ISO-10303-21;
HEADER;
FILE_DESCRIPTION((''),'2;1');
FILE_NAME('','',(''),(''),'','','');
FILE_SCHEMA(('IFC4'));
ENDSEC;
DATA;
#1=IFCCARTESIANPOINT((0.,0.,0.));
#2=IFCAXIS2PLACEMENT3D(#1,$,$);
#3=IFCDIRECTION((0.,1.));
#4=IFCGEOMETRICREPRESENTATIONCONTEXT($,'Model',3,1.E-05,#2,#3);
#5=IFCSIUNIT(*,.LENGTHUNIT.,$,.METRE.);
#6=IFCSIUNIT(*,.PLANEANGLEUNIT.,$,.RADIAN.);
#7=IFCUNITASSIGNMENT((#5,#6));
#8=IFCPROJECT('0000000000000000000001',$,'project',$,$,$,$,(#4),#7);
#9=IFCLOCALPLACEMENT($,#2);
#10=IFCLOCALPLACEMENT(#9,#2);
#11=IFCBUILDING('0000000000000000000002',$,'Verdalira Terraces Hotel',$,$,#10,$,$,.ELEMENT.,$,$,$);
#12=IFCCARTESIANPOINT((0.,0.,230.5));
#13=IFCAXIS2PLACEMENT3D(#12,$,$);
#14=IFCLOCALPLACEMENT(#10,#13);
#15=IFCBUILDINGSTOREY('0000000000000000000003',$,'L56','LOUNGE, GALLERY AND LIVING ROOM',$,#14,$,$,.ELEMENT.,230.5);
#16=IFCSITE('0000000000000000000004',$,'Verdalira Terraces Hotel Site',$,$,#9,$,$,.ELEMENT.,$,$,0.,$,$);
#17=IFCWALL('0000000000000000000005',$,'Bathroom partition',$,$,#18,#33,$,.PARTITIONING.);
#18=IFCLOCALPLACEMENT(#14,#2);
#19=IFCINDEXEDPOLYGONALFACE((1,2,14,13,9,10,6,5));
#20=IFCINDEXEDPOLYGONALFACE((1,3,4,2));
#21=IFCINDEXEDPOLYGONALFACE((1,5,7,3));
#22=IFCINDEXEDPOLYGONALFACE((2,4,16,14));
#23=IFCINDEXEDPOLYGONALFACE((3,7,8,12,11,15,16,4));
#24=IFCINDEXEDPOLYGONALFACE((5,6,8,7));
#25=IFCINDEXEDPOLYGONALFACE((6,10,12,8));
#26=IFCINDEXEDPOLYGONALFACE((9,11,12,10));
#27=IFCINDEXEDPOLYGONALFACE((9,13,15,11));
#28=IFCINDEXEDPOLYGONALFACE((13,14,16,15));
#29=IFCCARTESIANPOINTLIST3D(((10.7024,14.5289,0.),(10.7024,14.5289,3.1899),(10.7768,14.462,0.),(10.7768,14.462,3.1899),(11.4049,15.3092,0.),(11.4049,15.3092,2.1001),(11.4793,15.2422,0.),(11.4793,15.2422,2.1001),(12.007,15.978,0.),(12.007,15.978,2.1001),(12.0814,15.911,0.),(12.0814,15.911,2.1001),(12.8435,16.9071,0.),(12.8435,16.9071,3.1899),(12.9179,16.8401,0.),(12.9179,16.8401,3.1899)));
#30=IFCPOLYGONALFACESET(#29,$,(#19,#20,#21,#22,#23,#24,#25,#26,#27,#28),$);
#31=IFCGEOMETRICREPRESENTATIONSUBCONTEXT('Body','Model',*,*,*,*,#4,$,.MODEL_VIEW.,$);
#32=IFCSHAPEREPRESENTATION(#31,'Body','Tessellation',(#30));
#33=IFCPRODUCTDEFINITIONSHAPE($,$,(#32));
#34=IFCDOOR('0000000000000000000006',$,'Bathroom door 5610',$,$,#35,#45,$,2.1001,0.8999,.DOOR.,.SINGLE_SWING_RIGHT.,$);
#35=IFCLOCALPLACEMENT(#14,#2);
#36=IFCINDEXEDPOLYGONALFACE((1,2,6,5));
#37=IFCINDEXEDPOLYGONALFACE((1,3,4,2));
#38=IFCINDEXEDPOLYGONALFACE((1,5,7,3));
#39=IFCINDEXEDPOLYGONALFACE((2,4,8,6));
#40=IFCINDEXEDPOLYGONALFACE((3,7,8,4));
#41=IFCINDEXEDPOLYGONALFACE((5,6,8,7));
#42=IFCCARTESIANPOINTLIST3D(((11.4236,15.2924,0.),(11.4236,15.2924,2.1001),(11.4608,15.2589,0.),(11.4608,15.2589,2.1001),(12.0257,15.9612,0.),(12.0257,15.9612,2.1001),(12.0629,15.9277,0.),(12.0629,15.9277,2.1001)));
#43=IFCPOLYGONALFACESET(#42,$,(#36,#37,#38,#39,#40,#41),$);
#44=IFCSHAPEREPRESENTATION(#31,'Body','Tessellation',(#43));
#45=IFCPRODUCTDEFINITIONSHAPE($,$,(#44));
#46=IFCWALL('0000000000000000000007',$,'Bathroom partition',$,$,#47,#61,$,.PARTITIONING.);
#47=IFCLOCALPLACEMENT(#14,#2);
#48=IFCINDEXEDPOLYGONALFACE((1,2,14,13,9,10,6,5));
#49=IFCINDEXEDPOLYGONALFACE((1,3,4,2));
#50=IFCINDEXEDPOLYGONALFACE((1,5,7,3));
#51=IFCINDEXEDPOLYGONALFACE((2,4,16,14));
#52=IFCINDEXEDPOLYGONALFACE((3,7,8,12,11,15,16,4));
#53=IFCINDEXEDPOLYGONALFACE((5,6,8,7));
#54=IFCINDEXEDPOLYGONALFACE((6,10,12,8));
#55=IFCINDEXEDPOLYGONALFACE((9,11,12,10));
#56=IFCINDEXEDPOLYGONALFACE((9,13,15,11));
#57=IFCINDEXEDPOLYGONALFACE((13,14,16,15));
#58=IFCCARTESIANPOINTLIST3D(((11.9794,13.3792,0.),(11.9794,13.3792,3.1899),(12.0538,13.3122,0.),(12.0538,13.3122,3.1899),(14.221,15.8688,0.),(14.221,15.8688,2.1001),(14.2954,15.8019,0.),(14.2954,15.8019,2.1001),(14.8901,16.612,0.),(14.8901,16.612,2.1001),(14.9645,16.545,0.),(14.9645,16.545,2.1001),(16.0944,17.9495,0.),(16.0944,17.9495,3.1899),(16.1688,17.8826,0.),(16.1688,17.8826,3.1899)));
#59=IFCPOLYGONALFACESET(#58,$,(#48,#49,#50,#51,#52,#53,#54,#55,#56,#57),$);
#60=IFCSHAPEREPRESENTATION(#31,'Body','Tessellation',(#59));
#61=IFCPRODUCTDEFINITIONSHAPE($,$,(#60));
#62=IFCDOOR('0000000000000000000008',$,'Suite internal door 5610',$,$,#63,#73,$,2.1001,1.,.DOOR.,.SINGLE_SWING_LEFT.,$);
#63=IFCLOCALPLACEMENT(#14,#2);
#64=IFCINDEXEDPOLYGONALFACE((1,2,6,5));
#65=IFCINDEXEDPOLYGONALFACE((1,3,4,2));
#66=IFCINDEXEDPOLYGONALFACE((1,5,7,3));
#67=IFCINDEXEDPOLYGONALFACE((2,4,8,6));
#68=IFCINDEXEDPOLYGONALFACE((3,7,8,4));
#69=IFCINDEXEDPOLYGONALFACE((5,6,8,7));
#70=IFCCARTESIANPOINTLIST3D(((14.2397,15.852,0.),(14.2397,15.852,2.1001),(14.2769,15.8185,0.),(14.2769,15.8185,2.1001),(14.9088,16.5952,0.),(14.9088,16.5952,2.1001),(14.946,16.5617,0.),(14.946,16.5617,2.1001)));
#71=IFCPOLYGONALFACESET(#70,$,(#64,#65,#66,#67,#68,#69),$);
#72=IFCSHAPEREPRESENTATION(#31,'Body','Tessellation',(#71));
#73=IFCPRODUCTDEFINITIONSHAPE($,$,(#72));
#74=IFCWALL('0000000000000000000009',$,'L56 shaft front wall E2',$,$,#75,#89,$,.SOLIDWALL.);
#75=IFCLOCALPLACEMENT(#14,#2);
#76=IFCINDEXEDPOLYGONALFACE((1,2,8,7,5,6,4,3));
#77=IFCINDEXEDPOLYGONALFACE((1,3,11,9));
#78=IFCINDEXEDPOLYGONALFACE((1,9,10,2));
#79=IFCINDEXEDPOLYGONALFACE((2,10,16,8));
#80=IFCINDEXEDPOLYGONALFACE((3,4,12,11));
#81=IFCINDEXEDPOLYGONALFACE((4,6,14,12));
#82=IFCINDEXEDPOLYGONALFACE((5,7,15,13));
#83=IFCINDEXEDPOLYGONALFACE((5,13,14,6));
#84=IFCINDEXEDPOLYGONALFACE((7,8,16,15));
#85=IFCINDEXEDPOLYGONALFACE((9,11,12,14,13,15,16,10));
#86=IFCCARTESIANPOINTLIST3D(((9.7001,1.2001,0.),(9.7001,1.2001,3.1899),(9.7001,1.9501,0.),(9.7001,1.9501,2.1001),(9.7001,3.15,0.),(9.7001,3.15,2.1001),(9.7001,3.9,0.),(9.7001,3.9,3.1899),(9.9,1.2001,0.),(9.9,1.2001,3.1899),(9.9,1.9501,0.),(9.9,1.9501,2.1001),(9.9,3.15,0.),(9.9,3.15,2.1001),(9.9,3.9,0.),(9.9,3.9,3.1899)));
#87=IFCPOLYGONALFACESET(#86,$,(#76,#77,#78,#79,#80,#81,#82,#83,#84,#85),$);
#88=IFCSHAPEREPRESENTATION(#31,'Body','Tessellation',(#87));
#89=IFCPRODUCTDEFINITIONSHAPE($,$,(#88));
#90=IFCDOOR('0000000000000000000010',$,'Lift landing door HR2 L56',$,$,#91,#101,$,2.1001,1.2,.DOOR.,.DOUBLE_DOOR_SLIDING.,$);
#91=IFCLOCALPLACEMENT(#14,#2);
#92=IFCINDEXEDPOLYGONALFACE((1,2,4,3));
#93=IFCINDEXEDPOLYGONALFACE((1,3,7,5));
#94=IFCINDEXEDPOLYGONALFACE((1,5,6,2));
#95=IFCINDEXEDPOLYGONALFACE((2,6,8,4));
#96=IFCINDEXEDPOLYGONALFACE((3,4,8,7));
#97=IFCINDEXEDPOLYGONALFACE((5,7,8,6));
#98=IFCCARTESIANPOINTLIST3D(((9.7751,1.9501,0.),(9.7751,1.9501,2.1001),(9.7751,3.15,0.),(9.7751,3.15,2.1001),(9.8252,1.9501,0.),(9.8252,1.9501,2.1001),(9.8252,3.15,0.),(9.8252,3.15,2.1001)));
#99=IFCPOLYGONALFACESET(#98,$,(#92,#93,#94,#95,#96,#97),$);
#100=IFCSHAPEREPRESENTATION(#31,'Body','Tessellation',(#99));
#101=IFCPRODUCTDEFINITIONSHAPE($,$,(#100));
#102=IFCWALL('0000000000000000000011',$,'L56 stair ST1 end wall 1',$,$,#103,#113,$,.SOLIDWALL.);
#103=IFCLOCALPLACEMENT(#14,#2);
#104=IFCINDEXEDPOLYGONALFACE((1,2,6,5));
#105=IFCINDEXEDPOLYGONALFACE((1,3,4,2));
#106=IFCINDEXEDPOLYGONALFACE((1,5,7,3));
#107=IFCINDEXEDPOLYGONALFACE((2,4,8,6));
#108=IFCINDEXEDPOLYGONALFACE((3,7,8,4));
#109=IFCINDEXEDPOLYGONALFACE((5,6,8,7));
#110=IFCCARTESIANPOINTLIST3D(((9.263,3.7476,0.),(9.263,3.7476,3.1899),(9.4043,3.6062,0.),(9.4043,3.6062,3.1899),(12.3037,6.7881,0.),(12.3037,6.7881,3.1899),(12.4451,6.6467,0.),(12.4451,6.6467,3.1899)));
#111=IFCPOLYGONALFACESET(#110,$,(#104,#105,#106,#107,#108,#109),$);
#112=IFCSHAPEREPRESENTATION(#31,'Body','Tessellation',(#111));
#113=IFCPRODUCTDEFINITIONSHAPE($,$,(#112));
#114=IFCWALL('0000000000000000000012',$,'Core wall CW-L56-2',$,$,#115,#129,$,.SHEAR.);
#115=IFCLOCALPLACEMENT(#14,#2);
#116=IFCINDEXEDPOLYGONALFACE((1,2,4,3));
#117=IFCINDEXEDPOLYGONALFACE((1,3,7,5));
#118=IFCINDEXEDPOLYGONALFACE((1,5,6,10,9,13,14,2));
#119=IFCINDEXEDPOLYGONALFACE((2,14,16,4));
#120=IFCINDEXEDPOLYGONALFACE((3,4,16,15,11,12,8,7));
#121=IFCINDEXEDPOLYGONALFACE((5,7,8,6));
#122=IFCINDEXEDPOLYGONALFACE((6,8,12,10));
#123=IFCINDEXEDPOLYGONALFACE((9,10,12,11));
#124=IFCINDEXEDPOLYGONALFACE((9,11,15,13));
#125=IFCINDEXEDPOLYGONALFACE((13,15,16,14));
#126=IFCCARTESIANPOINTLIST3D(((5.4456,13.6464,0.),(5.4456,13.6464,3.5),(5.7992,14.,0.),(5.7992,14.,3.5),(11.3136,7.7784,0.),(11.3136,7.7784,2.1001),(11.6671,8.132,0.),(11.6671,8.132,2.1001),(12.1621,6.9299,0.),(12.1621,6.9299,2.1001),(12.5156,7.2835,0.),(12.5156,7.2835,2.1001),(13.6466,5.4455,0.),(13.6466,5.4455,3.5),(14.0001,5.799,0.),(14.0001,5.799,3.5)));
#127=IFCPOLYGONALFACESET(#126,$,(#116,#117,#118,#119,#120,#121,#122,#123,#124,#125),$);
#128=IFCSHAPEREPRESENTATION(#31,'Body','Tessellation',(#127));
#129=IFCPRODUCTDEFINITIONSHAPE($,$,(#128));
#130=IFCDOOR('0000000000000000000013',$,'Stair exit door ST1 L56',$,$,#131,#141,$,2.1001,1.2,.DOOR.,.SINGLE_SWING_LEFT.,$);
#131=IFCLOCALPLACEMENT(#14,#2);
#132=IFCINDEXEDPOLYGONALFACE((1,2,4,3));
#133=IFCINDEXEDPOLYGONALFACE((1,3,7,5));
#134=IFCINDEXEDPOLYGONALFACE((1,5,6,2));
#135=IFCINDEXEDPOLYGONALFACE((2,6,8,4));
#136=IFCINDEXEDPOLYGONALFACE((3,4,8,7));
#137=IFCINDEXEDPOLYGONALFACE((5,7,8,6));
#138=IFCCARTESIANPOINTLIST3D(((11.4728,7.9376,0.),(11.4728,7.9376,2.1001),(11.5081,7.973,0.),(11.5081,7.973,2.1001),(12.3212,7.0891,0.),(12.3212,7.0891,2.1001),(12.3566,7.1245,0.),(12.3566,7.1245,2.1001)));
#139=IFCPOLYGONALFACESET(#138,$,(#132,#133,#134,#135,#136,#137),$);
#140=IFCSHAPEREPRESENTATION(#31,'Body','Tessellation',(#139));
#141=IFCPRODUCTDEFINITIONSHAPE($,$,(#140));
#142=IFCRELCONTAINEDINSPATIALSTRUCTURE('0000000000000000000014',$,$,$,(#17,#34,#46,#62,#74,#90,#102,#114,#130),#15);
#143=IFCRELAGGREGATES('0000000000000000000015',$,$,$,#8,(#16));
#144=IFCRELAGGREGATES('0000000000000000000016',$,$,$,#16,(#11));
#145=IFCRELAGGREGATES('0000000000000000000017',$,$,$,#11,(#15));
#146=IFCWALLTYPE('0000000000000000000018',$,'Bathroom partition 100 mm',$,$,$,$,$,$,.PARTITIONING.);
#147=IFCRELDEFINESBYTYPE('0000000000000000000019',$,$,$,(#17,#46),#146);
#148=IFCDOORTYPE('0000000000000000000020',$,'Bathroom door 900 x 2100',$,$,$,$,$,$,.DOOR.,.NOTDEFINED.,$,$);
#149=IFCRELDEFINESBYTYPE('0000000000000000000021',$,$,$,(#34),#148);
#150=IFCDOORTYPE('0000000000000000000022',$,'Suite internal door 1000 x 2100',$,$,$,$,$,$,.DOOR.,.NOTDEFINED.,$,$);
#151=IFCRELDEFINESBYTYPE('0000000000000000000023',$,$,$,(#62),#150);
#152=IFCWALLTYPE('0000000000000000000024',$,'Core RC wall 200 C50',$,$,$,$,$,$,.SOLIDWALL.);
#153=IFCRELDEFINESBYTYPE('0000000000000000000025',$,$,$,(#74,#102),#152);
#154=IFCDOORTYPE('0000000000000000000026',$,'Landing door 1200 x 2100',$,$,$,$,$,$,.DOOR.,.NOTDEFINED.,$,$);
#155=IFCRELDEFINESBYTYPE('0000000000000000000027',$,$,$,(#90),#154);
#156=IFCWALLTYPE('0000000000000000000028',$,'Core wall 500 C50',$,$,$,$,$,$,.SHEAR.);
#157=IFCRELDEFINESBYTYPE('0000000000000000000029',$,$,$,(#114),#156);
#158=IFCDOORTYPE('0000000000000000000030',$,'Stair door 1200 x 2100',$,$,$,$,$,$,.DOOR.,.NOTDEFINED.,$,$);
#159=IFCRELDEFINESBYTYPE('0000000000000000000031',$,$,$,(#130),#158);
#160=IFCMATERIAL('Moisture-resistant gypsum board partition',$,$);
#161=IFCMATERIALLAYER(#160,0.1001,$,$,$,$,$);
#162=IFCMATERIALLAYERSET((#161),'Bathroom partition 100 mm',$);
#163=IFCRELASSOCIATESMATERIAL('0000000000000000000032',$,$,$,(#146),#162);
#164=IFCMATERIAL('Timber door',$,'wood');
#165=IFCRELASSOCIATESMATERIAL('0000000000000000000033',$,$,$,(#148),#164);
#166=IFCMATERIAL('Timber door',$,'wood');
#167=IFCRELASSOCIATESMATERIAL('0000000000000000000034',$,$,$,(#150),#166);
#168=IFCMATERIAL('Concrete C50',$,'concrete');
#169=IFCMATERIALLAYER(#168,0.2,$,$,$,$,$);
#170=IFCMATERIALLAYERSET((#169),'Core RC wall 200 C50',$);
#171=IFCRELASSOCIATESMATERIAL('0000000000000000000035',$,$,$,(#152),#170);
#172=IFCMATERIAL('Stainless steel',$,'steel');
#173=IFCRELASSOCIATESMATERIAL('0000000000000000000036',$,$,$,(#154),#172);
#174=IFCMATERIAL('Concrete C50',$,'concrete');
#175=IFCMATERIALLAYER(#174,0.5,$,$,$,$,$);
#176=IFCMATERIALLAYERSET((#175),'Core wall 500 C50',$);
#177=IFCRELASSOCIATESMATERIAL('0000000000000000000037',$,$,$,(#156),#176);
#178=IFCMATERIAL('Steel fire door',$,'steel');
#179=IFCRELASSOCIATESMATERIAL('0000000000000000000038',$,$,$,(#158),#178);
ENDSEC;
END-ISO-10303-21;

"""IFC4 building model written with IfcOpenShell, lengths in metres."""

from ifc_helpers import new_model, si_unit, direction, frame, frame_2d, origin, place, context, subcontext, project, spatial, rectangle, extrude, material, layer, layer_set, type_object, element, fill, save


model = new_model("IFC4")

# Units and contexts
model_context = context("Model", 3, precision=1e-05, world=origin(), true_north=direction((0.0, 1.0)))
body_context = subcontext(model_context, "Body", "Model", "MODEL_VIEW")
ifc_project = project(units=[si_unit("LENGTHUNIT", "METRE"), si_unit("PLANEANGLEUNIT", "RADIAN")], contexts=[model_context])

# Site, building, storey
site_placement = place(None, origin())
site = spatial("IfcSite", under=ifc_project, at=site_placement, Name="Verdalira Terraces Hotel Site", CompositionType="ELEMENT", RefElevation=0.0)
building_placement = place(site_placement, origin())
building = spatial("IfcBuilding", under=site, at=building_placement, Name="Verdalira Terraces Hotel", CompositionType="ELEMENT")
storey_placement = place(building_placement, frame((0.0, 0.0, 230.5)))
storey = spatial("IfcBuildingStorey", under=building, at=storey_placement, Name="L56", Description="LOUNGE, GALLERY AND LIVING ROOM", CompositionType="ELEMENT", Elevation=230.5)

# Walls, openings, doors
ifc_material_1 = material(Name="Moisture-resistant gypsum board partition")
ifc_layer_1 = layer(ifc_material_1, 0.1001)
ifc_layer_set_1 = layer_set([ifc_layer_1], Name="Bathroom partition 100 mm")
wall_type_1 = type_object("IfcWallType", Name="Bathroom partition 100 mm", PredefinedType="PARTITIONING", material=ifc_layer_set_1)
wall_1_placement = place(storey_placement, frame((10.7395, 14.4954, 0.0), z_axis=(0.0, 0.0, 1.0), x_axis=(0.669095, 0.743177, 0.0)))
wall_1 = element("IfcWall", 1, at=wall_1_placement, inside=storey, type_object=wall_type_1, Name="Bathroom partition", PredefinedType="PARTITIONING", context=body_context, shape_type="SweptSolid", body=[
    extrude(rectangle(XDim=3.2, YDim=0.1001, at=frame_2d((1.6001, 0.0))), origin(), (0.0, 0.0, 1.0), 3.1899),
])
opening_1_placement = place(wall_1_placement, frame((1.05, 0.0, 0.0)))
opening_1 = element("IfcOpeningElement", 2, at=opening_1_placement, cuts=wall_1, PredefinedType="OPENING", context=body_context, shape_type="SweptSolid", body=[
    extrude(rectangle(XDim=0.8999, YDim=2.1001, at=frame_2d((0.45, 1.05))), frame((0.0, 0.0601, 0.0), z_axis=(0.0, -1.0, 0.0), x_axis=(1.0, 0.0, 0.0)), (0.0, 0.0, 1.0), 0.1201),
])
ifc_material_2 = material(Name="Timber door", Category="wood")
door_type_1 = type_object("IfcDoorType", Name="Bathroom door 900 x 2100", OperationType="NOTDEFINED", PredefinedType="DOOR", material=ifc_material_2)
door_1_placement = place(opening_1_placement, origin())
door_1 = element("IfcDoor", 3, at=door_1_placement, inside=storey, type_object=door_type_1, Name="Bathroom door 5610", OperationType="SINGLE_SWING_RIGHT", OverallHeight=2.1001, OverallWidth=0.8999, PredefinedType="DOOR", context=body_context, shape_type="SweptSolid", body=[
    extrude(rectangle(XDim=0.8999, YDim=2.1001, at=frame_2d((0.45, 1.05))), frame((0.0, 0.0249, 0.0), z_axis=(0.0, -1.0, 0.0), x_axis=(1.0, 0.0, 0.0)), (0.0, 0.0, 1.0), 0.05),
])
fill(opening_1, door_1)
wall_2_placement = place(storey_placement, frame((12.0166, 13.3457, 0.0), z_axis=(0.0, 0.0, 1.0), x_axis=(0.669118, 0.743156, 0.0)))
wall_2 = element("IfcWall", 4, at=wall_2_placement, inside=storey, type_object=wall_type_1, Name="Bathroom partition", PredefinedType="PARTITIONING", context=body_context, shape_type="SweptSolid", body=[
    extrude(rectangle(XDim=6.1499, YDim=0.1001, at=frame_2d((3.075, 0.0))), origin(), (0.0, 0.0, 1.0), 3.1899),
])
opening_2_placement = place(wall_2_placement, frame((3.3501, 0.0, 0.0)))
opening_2 = element("IfcOpeningElement", 5, at=opening_2_placement, cuts=wall_2, PredefinedType="OPENING", context=body_context, shape_type="SweptSolid", body=[
    extrude(rectangle(XDim=1.0, YDim=2.1001, at=frame_2d((0.5, 1.05))), frame((0.0, 0.0601, 0.0), z_axis=(0.0, -1.0, 0.0), x_axis=(1.0, 0.0, 0.0)), (0.0, 0.0, 1.0), 0.1201),
])
ifc_material_3 = material(Name="Timber door", Category="wood")
door_type_2 = type_object("IfcDoorType", Name="Suite internal door 1000 x 2100", OperationType="NOTDEFINED", PredefinedType="DOOR", material=ifc_material_3)
door_2_placement = place(opening_2_placement, origin())
door_2 = element("IfcDoor", 6, at=door_2_placement, inside=storey, type_object=door_type_2, Name="Suite internal door 5610", OperationType="SINGLE_SWING_LEFT", OverallHeight=2.1001, OverallWidth=1.0, PredefinedType="DOOR", context=body_context, shape_type="SweptSolid", body=[
    extrude(rectangle(XDim=1.0, YDim=2.1001, at=frame_2d((0.5, 1.05))), frame((0.0, 0.0249, 0.0), z_axis=(0.0, -1.0, 0.0), x_axis=(1.0, 0.0, 0.0)), (0.0, 0.0, 1.0), 0.05),
])
fill(opening_2, door_2)
ifc_material_4 = material(Name="Concrete C50", Category="concrete")
ifc_layer_2 = layer(ifc_material_4, 0.2)
ifc_layer_set_2 = layer_set([ifc_layer_2], Name="Core RC wall 200 C50")
wall_type_2 = type_object("IfcWallType", Name="Core RC wall 200 C50", PredefinedType="SOLIDWALL", material=ifc_layer_set_2)
wall_3_placement = place(storey_placement, frame((9.8, 1.2, 0.0), z_axis=(0.0, 0.0, 1.0), x_axis=(0.0, 1.0, 0.0)))
wall_3 = element("IfcWall", 7, at=wall_3_placement, inside=storey, type_object=wall_type_2, Name="L56 shaft front wall E2", PredefinedType="SOLIDWALL", context=body_context, shape_type="SweptSolid", body=[
    extrude(rectangle(XDim=2.7, YDim=0.2, at=frame_2d((1.3501, 0.0))), origin(), (0.0, 0.0, 1.0), 3.1899),
])
opening_3_placement = place(wall_3_placement, frame((0.75, 0.0, 0.0)))
opening_3 = element("IfcOpeningElement", 8, at=opening_3_placement, cuts=wall_3, PredefinedType="OPENING", context=body_context, shape_type="SweptSolid", body=[
    extrude(rectangle(XDim=1.2, YDim=2.1001, at=frame_2d((0.6001, 1.05))), frame((0.0, 0.1099, 0.0), z_axis=(0.0, -1.0, 0.0), x_axis=(1.0, 0.0, 0.0)), (0.0, 0.0, 1.0), 0.22),
])
ifc_material_5 = material(Name="Stainless steel", Category="steel")
door_type_3 = type_object("IfcDoorType", Name="Landing door 1200 x 2100", OperationType="NOTDEFINED", PredefinedType="DOOR", material=ifc_material_5)
door_3_placement = place(opening_3_placement, origin())
door_3 = element("IfcDoor", 9, at=door_3_placement, inside=storey, type_object=door_type_3, Name="Lift landing door HR2 L56", OperationType="DOUBLE_DOOR_SLIDING", OverallHeight=2.1001, OverallWidth=1.2, PredefinedType="DOOR", context=body_context, shape_type="SweptSolid", body=[
    extrude(rectangle(XDim=1.2, YDim=2.1001, at=frame_2d((0.6001, 1.05))), frame((0.0, 0.0249, 0.0), z_axis=(0.0, -1.0, 0.0), x_axis=(1.0, 0.0, 0.0)), (0.0, 0.0, 1.0), 0.05),
])
fill(opening_3, door_3)

# Wall
wall_4_placement = place(storey_placement, frame((9.3337, 3.677, 0.0), z_axis=(0.0, 0.0, 1.0), x_axis=(0.707135, 0.707078, 0.0)))
element("IfcWall", 10, at=wall_4_placement, inside=storey, type_object=wall_type_2, Name="L56 stair ST1 end wall 1", PredefinedType="SOLIDWALL", context=body_context, shape_type="SweptSolid", body=[
    extrude(rectangle(XDim=4.3, YDim=0.2, at=frame_2d((2.1499, 0.0))), origin(), (0.0, 0.0, 1.0), 3.1899),
])

# Wall, opening, door
ifc_material_6 = material(Name="Concrete C50", Category="concrete")
ifc_layer_3 = layer(ifc_material_6, 0.5)
ifc_layer_set_3 = layer_set([ifc_layer_3], Name="Core wall 500 C50")
wall_type_3 = type_object("IfcWallType", Name="Core wall 500 C50", PredefinedType="SHEAR", material=ifc_layer_set_3)
wall_5_placement = place(storey_placement, frame((13.8232, 5.6223, 0.0), z_axis=(0.0, 0.0, 1.0), x_axis=(-0.707107, 0.707107, 0.0)))
wall_5 = element("IfcWall", 11, at=wall_5_placement, inside=storey, type_object=wall_type_3, Name="Core wall CW-L56-2", PredefinedType="SHEAR", context=body_context, shape_type="SweptSolid", body=[
    extrude(rectangle(XDim=11.5979, YDim=0.5, at=frame_2d((5.7988, 0.0))), origin(), (0.0, 0.0, 1.0), 3.5),
])
opening_4_placement = place(wall_5_placement, frame((2.0991, 0.0, 0.0)))
opening_4 = element("IfcOpeningElement", 12, at=opening_4_placement, cuts=wall_5, PredefinedType="OPENING", context=body_context, shape_type="SweptSolid", body=[
    extrude(rectangle(XDim=1.2, YDim=2.1001, at=frame_2d((0.6001, 1.05))), frame((0.0, 0.26, 0.0), z_axis=(0.0, -1.0, 0.0), x_axis=(1.0, 0.0, 0.0)), (0.0, 0.0, 1.0), 0.52),
])
ifc_material_7 = material(Name="Steel fire door", Category="steel")
door_type_4 = type_object("IfcDoorType", Name="Stair door 1200 x 2100", OperationType="NOTDEFINED", PredefinedType="DOOR", material=ifc_material_7)
door_4_placement = place(opening_4_placement, origin())
door_4 = element("IfcDoor", 13, at=door_4_placement, inside=storey, type_object=door_type_4, Name="Stair exit door ST1 L56", OperationType="SINGLE_SWING_LEFT", OverallHeight=2.1001, OverallWidth=1.2, PredefinedType="DOOR", context=body_context, shape_type="SweptSolid", body=[
    extrude(rectangle(XDim=1.2, YDim=2.1001, at=frame_2d((0.6001, 1.05))), frame((0.0, 0.0249, 0.0), z_axis=(0.0, -1.0, 0.0), x_axis=(1.0, 0.0, 0.0)), (0.0, 0.0, 1.0), 0.05),
])
fill(opening_4, door_4)

save(model, "model.ifc")
